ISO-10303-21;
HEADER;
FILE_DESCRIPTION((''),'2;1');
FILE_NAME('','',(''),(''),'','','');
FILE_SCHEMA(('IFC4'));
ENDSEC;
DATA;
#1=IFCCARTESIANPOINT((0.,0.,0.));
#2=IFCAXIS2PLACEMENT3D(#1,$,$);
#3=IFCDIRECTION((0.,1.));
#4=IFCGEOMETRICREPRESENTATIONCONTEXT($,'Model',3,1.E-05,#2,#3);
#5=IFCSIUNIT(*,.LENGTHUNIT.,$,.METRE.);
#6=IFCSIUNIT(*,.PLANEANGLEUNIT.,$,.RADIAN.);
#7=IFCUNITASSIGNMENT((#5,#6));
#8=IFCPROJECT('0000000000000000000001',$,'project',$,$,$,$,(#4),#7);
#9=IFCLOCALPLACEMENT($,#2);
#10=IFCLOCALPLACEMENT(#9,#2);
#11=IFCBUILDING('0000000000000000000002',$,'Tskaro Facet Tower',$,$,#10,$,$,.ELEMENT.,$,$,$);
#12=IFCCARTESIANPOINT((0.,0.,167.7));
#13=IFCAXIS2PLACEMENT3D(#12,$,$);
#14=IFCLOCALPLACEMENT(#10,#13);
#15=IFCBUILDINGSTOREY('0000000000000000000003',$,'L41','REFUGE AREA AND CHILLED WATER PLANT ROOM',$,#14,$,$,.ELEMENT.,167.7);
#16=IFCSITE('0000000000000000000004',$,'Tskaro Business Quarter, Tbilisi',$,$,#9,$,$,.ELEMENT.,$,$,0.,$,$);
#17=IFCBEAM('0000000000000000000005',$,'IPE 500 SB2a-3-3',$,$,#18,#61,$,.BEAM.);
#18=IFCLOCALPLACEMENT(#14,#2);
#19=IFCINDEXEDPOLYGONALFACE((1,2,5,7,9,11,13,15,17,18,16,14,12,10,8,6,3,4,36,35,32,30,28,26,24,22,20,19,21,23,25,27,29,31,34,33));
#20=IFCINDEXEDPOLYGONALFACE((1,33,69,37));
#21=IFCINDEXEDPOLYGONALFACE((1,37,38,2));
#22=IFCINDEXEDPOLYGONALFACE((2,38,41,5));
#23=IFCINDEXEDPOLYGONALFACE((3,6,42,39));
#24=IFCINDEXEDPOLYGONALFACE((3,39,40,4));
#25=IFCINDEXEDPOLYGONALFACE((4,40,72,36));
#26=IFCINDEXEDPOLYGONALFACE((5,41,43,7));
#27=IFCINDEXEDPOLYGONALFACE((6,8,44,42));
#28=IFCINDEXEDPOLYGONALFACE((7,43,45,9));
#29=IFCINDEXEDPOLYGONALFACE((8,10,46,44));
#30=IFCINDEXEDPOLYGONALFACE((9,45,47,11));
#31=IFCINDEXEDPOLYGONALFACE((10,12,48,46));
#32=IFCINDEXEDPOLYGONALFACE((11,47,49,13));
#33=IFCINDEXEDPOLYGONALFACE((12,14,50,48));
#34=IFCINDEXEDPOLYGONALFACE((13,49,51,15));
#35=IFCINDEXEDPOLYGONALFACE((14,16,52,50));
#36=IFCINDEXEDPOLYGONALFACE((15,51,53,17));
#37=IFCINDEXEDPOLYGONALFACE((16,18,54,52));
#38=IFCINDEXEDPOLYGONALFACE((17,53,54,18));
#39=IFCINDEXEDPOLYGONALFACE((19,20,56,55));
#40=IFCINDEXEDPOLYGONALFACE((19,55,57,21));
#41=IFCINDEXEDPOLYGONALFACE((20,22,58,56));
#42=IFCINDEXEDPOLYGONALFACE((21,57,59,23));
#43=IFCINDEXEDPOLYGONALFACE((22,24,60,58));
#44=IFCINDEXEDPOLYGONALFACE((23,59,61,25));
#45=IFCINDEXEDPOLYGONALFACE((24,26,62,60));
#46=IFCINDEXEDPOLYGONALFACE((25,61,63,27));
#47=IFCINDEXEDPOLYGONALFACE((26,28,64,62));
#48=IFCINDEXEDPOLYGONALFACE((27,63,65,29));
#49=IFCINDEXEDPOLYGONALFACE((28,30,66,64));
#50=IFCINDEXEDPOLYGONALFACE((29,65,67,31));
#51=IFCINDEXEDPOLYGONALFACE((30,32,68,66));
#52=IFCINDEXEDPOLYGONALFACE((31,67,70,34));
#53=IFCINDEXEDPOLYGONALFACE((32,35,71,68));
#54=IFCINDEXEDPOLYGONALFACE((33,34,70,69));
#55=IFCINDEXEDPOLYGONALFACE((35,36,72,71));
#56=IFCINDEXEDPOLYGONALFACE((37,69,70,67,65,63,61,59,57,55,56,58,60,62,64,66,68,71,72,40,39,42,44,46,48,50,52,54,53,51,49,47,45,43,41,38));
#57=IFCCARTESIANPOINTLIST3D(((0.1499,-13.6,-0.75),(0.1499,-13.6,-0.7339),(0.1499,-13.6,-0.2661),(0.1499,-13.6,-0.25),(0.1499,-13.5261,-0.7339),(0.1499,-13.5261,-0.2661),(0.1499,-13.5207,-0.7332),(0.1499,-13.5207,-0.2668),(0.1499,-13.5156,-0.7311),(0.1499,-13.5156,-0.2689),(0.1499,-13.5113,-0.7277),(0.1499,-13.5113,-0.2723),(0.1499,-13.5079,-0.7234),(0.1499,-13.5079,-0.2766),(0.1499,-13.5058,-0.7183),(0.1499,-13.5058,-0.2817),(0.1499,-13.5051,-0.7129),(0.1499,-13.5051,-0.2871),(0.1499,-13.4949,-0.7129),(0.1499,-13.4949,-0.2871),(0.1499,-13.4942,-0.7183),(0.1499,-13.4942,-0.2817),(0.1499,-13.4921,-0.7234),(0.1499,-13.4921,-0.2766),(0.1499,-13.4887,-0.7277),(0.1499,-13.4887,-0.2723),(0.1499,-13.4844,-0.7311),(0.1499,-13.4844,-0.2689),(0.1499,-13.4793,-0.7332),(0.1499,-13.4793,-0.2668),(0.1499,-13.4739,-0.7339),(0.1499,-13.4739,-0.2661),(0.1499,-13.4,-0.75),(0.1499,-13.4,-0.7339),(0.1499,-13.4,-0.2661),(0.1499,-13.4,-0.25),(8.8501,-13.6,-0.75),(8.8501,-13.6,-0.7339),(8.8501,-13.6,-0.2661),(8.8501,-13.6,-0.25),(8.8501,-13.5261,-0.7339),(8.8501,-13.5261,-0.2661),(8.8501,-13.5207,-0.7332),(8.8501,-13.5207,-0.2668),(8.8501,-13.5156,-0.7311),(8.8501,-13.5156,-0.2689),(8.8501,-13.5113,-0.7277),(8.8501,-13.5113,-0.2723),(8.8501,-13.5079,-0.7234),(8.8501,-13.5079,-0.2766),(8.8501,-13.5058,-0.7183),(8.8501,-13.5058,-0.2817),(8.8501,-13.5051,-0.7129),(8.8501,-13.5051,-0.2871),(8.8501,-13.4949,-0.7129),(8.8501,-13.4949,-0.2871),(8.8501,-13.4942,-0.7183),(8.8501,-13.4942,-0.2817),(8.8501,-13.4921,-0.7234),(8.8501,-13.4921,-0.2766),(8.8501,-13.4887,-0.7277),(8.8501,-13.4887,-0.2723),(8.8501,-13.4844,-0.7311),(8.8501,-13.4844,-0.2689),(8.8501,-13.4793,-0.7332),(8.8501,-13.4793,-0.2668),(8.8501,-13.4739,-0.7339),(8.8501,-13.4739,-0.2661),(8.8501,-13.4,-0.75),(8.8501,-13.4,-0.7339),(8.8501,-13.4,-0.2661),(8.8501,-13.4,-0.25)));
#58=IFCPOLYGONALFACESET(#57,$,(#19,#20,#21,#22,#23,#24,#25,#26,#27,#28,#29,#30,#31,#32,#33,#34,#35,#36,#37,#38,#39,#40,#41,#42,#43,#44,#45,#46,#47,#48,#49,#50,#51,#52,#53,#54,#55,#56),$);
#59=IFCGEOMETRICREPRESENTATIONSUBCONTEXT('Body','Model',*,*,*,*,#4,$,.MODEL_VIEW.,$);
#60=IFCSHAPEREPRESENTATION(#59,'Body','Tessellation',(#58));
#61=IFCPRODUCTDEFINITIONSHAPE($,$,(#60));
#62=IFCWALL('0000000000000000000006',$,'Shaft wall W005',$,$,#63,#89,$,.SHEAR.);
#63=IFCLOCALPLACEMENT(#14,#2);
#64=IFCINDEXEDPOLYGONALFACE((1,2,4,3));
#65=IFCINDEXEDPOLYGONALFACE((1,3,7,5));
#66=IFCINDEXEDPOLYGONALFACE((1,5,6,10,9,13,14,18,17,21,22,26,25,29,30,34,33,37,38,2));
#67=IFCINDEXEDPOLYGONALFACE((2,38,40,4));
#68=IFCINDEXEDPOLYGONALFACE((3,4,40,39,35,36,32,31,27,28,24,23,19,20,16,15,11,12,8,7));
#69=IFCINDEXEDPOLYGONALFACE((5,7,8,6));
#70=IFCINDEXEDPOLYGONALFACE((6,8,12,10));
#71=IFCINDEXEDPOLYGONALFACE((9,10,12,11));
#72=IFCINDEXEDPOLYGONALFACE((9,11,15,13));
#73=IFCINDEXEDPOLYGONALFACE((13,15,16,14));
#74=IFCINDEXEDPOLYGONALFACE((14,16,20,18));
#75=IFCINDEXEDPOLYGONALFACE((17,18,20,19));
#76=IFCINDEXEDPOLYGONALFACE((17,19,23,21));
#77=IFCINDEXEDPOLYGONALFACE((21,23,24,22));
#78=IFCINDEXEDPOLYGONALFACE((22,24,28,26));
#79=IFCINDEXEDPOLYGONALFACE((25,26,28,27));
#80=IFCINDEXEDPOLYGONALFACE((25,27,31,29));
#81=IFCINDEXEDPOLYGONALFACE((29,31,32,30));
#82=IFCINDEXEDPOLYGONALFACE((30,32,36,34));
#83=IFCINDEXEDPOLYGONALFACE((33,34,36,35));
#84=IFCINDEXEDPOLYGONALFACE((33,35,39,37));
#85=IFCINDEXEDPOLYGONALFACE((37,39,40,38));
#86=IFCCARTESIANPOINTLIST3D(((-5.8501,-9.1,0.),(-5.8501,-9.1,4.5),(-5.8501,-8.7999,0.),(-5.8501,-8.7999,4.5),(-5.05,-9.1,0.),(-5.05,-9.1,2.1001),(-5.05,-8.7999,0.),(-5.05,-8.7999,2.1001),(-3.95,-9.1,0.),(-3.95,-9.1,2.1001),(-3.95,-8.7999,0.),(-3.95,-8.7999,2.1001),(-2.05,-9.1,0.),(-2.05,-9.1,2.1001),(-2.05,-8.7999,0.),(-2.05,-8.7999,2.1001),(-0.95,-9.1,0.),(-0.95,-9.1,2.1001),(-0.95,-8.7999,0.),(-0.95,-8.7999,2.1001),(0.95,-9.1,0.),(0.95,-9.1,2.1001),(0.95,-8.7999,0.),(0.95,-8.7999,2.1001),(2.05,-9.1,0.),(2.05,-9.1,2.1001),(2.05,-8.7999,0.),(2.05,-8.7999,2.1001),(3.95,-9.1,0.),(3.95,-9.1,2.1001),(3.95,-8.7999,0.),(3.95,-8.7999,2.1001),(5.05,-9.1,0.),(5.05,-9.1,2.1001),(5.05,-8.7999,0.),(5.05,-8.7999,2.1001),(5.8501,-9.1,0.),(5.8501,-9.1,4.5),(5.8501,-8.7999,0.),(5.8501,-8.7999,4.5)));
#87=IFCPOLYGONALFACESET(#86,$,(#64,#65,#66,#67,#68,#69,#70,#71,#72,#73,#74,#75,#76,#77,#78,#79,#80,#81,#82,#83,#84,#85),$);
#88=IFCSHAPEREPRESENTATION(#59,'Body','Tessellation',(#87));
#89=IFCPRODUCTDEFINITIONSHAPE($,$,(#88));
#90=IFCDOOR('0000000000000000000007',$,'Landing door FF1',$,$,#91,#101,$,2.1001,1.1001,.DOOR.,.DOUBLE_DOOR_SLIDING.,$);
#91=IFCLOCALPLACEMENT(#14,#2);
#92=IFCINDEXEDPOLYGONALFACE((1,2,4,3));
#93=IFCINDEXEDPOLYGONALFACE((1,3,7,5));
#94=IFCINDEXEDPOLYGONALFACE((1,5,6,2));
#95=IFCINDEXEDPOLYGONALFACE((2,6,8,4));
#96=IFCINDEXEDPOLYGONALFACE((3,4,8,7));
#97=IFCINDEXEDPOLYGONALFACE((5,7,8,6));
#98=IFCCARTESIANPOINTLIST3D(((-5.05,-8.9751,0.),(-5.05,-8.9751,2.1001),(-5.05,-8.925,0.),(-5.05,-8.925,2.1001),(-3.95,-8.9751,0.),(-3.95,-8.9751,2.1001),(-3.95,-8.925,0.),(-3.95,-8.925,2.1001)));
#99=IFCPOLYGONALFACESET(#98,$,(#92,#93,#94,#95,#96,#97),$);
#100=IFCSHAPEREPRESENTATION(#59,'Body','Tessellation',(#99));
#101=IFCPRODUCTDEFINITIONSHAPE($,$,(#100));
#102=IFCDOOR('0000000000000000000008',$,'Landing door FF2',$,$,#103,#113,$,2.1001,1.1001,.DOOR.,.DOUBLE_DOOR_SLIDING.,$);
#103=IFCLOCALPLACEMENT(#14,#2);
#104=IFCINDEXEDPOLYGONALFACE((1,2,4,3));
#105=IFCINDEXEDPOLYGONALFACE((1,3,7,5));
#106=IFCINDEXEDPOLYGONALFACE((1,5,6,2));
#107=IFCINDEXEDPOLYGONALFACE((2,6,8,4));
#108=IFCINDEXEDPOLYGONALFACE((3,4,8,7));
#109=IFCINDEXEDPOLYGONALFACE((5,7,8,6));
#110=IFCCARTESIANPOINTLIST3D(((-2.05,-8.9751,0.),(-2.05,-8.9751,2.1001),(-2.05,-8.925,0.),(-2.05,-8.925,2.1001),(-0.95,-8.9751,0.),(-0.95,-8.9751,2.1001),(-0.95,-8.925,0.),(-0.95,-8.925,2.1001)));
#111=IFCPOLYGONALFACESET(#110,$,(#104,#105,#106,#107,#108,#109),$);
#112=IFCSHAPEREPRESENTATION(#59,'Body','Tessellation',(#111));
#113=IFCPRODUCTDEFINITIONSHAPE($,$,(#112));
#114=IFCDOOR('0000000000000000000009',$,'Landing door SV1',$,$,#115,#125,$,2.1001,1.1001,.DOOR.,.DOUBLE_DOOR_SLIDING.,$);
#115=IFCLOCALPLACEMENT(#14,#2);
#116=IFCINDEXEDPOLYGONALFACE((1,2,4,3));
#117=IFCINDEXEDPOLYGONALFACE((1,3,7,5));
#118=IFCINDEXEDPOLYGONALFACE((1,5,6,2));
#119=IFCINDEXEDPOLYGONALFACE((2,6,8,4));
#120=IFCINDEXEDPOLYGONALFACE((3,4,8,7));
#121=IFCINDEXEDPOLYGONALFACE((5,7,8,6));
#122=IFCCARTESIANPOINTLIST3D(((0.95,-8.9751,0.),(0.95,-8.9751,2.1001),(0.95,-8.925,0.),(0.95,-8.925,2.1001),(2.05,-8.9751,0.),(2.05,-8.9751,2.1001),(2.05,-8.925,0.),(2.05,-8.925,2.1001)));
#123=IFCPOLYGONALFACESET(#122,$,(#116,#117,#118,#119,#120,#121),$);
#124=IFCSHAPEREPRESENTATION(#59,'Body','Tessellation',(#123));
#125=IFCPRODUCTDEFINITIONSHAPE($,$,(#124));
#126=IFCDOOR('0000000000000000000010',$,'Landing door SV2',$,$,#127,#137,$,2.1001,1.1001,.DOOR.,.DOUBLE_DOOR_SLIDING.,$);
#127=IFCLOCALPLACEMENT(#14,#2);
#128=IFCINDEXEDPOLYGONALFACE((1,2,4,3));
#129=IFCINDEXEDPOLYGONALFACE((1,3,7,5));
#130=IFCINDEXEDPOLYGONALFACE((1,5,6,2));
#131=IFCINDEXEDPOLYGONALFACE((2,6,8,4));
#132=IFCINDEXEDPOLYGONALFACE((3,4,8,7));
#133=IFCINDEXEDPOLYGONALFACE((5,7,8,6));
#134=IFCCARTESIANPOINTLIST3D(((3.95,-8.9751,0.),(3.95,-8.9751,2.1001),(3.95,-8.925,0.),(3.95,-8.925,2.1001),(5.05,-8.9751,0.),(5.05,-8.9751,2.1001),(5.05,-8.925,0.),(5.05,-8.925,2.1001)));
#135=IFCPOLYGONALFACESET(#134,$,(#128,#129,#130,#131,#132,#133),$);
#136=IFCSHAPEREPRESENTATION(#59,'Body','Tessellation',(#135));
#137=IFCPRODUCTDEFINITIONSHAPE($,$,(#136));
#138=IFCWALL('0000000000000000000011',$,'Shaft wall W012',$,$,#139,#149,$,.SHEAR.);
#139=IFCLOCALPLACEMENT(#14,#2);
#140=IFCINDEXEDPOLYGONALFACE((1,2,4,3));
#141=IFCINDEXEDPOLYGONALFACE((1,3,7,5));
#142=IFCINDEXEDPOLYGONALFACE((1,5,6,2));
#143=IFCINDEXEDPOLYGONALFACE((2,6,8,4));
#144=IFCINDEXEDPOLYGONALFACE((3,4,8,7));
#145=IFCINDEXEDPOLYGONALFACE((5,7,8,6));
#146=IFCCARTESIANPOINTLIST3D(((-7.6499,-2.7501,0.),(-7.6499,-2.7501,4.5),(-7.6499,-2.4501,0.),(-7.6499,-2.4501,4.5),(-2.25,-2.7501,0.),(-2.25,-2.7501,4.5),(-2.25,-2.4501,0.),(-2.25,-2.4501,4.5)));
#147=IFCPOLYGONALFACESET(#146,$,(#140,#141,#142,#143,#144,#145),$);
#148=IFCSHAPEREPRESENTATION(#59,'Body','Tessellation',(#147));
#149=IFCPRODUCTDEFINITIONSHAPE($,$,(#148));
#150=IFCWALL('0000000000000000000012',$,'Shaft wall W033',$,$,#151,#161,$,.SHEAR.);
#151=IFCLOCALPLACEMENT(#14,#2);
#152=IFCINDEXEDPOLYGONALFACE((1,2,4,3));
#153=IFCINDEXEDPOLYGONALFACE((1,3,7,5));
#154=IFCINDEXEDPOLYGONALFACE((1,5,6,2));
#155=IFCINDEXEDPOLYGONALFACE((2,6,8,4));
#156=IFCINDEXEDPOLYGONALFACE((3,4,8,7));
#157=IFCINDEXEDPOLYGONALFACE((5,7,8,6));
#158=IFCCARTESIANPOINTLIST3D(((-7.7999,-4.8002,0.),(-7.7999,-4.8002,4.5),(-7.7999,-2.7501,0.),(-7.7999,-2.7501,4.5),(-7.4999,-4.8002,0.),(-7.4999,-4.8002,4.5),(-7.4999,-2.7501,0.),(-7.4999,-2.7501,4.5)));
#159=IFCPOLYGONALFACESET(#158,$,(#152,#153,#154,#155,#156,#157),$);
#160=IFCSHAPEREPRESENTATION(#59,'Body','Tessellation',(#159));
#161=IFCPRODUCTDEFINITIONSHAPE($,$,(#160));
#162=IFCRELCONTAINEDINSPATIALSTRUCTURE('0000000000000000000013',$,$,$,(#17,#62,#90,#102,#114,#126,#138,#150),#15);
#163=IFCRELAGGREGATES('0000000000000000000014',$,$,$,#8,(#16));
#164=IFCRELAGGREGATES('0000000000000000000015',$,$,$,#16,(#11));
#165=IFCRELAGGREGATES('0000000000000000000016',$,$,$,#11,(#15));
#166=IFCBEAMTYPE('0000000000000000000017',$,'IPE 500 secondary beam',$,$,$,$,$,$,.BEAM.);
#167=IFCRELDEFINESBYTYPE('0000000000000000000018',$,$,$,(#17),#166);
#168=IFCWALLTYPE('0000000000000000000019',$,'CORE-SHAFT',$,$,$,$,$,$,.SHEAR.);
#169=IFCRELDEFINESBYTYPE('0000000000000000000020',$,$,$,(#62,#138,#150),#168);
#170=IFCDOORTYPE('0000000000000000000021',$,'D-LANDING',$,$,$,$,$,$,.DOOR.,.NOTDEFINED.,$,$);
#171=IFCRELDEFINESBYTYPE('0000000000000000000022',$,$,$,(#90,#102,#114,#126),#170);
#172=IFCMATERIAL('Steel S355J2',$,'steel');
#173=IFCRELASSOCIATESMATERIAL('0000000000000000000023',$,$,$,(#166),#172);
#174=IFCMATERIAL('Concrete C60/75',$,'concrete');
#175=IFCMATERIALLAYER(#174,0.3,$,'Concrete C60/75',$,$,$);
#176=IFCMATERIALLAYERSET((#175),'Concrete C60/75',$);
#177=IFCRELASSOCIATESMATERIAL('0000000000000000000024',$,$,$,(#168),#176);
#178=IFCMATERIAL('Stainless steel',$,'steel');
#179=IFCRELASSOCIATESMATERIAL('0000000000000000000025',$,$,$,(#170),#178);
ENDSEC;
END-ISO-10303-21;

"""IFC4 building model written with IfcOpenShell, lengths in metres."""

from ifc_helpers import new_model, si_unit, direction, frame, frame_2d, origin, origin_2d, place, context, subcontext, project, spatial, rectangle, i_section, extrude, material, layer, layer_set, material_profile, profile_set, type_object, element, fill, save


model = new_model("IFC4")

# Units and contexts
model_context = context("Model", 3, precision=1e-05, world=origin(), true_north=direction((0.0, 1.0)))
body_context = subcontext(model_context, "Body", "Model", "MODEL_VIEW")
ifc_project = project(units=[si_unit("LENGTHUNIT", "METRE"), si_unit("PLANEANGLEUNIT", "RADIAN")], contexts=[model_context])

# Site, building, storey
site_placement = place(None, origin())
site = spatial("IfcSite", under=ifc_project, at=site_placement, Name="Tskaro Business Quarter, Tbilisi", CompositionType="ELEMENT", RefElevation=0.0)
building_placement = place(site_placement, origin())
building = spatial("IfcBuilding", under=site, at=building_placement, Name="Tskaro Facet Tower", CompositionType="ELEMENT")
storey_placement = place(building_placement, frame((0.0, 0.0, 167.7)))
storey = spatial("IfcBuildingStorey", under=building, at=storey_placement, Name="L41", Description="REFUGE AREA AND CHILLED WATER PLANT ROOM", CompositionType="ELEMENT", Elevation=167.7)

# Beam
ifc_material_1 = material(Name="Steel S355J2", Category="steel")
ifc_material_profile = material_profile(ifc_material_1, i_section(OverallWidth=0.2, OverallDepth=0.5, WebThickness=0.0103, FlangeThickness=0.0161, FilletRadius=0.021, at=origin_2d()), Name="IPE 500")
ifc_profile_set = profile_set([ifc_material_profile], Name="Steel S355J2")
beam_type = type_object("IfcBeamType", Name="IPE 500 secondary beam", PredefinedType="BEAM", material=ifc_profile_set)
beam_placement = place(storey_placement, frame((0.1499, -13.5, -0.5), z_axis=(1.0, 0.0, 0.0), x_axis=(0.0, 1.0, 0.0)))
element("IfcBeam", 1, at=beam_placement, inside=storey, type_object=beam_type, Name="IPE 500 SB2a-3-3", PredefinedType="BEAM", context=body_context, shape_type="SweptSolid", body=[
    extrude(i_section(OverallWidth=0.2, OverallDepth=0.5, WebThickness=0.0103, FlangeThickness=0.0161, FilletRadius=0.021, at=origin_2d()), origin(), (0.0, 0.0, 1.0), 8.7002),
])

# Wall, openings, doors
ifc_material_2 = material(Name="Concrete C60/75", Category="concrete")
ifc_layer_1 = layer(ifc_material_2, 0.3, Name="Concrete C60/75")
ifc_layer_set_1 = layer_set([ifc_layer_1], Name="Concrete C60/75")
wall_type_1 = type_object("IfcWallType", Name="CORE-SHAFT", PredefinedType="SHEAR", material=ifc_layer_set_1)
wall_1_placement = place(storey_placement, frame((-5.8501, -8.95, 0.0), z_axis=(0.0, 0.0, 1.0), x_axis=(1.0, 0.0, 0.0)))
wall_1 = element("IfcWall", 2, at=wall_1_placement, inside=storey, type_object=wall_type_1, Name="Shaft wall W005", PredefinedType="SHEAR", context=body_context, shape_type="SweptSolid", body=[
    extrude(rectangle(XDim=11.7002, YDim=0.3, at=frame_2d((5.8501, 0.0))), origin(), (0.0, 0.0, 1.0), 4.5),
])
opening_1_placement = place(wall_1_placement, frame((0.8, 0.0, 0.0)))
opening_1 = element("IfcOpeningElement", 3, at=opening_1_placement, cuts=wall_1, PredefinedType="OPENING", context=body_context, shape_type="SweptSolid", body=[
    extrude(rectangle(XDim=1.1001, YDim=2.1001, at=frame_2d((0.55, 1.05))), frame((0.0, 0.1599, 0.0), z_axis=(0.0, -1.0, 0.0), x_axis=(1.0, 0.0, 0.0)), (0.0, 0.0, 1.0), 0.3201),
])
opening_2_placement = place(wall_1_placement, frame((3.8, 0.0, 0.0)))
opening_2 = element("IfcOpeningElement", 4, at=opening_2_placement, cuts=wall_1, PredefinedType="OPENING", context=body_context, shape_type="SweptSolid", body=[
    extrude(rectangle(XDim=1.1001, YDim=2.1001, at=frame_2d((0.55, 1.05))), frame((0.0, 0.1599, 0.0), z_axis=(0.0, -1.0, 0.0), x_axis=(1.0, 0.0, 0.0)), (0.0, 0.0, 1.0), 0.3201),
])
opening_3_placement = place(wall_1_placement, frame((6.8, 0.0, 0.0)))
opening_3 = element("IfcOpeningElement", 5, at=opening_3_placement, cuts=wall_1, PredefinedType="OPENING", context=body_context, shape_type="SweptSolid", body=[
    extrude(rectangle(XDim=1.1001, YDim=2.1001, at=frame_2d((0.55, 1.05))), frame((0.0, 0.1599, 0.0), z_axis=(0.0, -1.0, 0.0), x_axis=(1.0, 0.0, 0.0)), (0.0, 0.0, 1.0), 0.3201),
])
opening_4_placement = place(wall_1_placement, frame((9.8, 0.0, 0.0)))
opening_4 = element("IfcOpeningElement", 6, at=opening_4_placement, cuts=wall_1, PredefinedType="OPENING", context=body_context, shape_type="SweptSolid", body=[
    extrude(rectangle(XDim=1.1001, YDim=2.1001, at=frame_2d((0.55, 1.05))), frame((0.0, 0.1599, 0.0), z_axis=(0.0, -1.0, 0.0), x_axis=(1.0, 0.0, 0.0)), (0.0, 0.0, 1.0), 0.3201),
])
ifc_material_3 = material(Name="Stainless steel", Category="steel")
door_type_1 = type_object("IfcDoorType", Name="D-LANDING", OperationType="NOTDEFINED", PredefinedType="DOOR", material=ifc_material_3)
door_1_placement = place(opening_1_placement, origin())
door_1 = element("IfcDoor", 7, at=door_1_placement, inside=storey, type_object=door_type_1, Name="Landing door FF1", OperationType="DOUBLE_DOOR_SLIDING", OverallHeight=2.1001, OverallWidth=1.1001, PredefinedType="DOOR", context=body_context, shape_type="SweptSolid", body=[
    extrude(rectangle(XDim=1.1001, YDim=2.1001, at=frame_2d((0.55, 1.05))), frame((0.0, 0.0249, 0.0), z_axis=(0.0, -1.0, 0.0), x_axis=(1.0, 0.0, 0.0)), (0.0, 0.0, 1.0), 0.05),
])
fill(opening_1, door_1)
door_2_placement = place(opening_2_placement, origin())
door_2 = element("IfcDoor", 8, at=door_2_placement, inside=storey, type_object=door_type_1, Name="Landing door FF2", OperationType="DOUBLE_DOOR_SLIDING", OverallHeight=2.1001, OverallWidth=1.1001, PredefinedType="DOOR", context=body_context, shape_type="SweptSolid", body=[
    extrude(rectangle(XDim=1.1001, YDim=2.1001, at=frame_2d((0.55, 1.05))), frame((0.0, 0.0249, 0.0), z_axis=(0.0, -1.0, 0.0), x_axis=(1.0, 0.0, 0.0)), (0.0, 0.0, 1.0), 0.05),
])
fill(opening_2, door_2)
door_3_placement = place(opening_3_placement, origin())
door_3 = element("IfcDoor", 9, at=door_3_placement, inside=storey, type_object=door_type_1, Name="Landing door SV1", OperationType="DOUBLE_DOOR_SLIDING", OverallHeight=2.1001, OverallWidth=1.1001, PredefinedType="DOOR", context=body_context, shape_type="SweptSolid", body=[
    extrude(rectangle(XDim=1.1001, YDim=2.1001, at=frame_2d((0.55, 1.05))), frame((0.0, 0.0249, 0.0), z_axis=(0.0, -1.0, 0.0), x_axis=(1.0, 0.0, 0.0)), (0.0, 0.0, 1.0), 0.05),
])
fill(opening_3, door_3)
door_4_placement = place(opening_4_placement, origin())
door_4 = element("IfcDoor", 10, at=door_4_placement, inside=storey, type_object=door_type_1, Name="Landing door SV2", OperationType="DOUBLE_DOOR_SLIDING", OverallHeight=2.1001, OverallWidth=1.1001, PredefinedType="DOOR", context=body_context, shape_type="SweptSolid", body=[
    extrude(rectangle(XDim=1.1001, YDim=2.1001, at=frame_2d((0.55, 1.05))), frame((0.0, 0.0249, 0.0), z_axis=(0.0, -1.0, 0.0), x_axis=(1.0, 0.0, 0.0)), (0.0, 0.0, 1.0), 0.05),
])
fill(opening_4, door_4)

# Walls
wall_2_placement = place(storey_placement, frame((-7.6499, -2.6001, 0.0), z_axis=(0.0, 0.0, 1.0), x_axis=(1.0, 0.0, 0.0)))
element("IfcWall", 11, at=wall_2_placement, inside=storey, type_object=wall_type_1, Name="Shaft wall W012", PredefinedType="SHEAR", context=body_context, shape_type="SweptSolid", body=[
    extrude(rectangle(XDim=5.3999, YDim=0.3, at=frame_2d((2.7, 0.0))), origin(), (0.0, 0.0, 1.0), 4.5),
])
wall_3_placement = place(storey_placement, frame((-7.6499, -4.8, 0.0), z_axis=(0.0, 0.0, 1.0), x_axis=(0.0, 1.0, 0.0)))
element("IfcWall", 12, at=wall_3_placement, inside=storey, type_object=wall_type_1, Name="Shaft wall W033", PredefinedType="SHEAR", context=body_context, shape_type="SweptSolid", body=[
    extrude(rectangle(XDim=2.05, YDim=0.3, at=frame_2d((1.0249, 0.0))), origin(), (0.0, 0.0, 1.0), 4.5),
])

save(model, "model.ifc")
